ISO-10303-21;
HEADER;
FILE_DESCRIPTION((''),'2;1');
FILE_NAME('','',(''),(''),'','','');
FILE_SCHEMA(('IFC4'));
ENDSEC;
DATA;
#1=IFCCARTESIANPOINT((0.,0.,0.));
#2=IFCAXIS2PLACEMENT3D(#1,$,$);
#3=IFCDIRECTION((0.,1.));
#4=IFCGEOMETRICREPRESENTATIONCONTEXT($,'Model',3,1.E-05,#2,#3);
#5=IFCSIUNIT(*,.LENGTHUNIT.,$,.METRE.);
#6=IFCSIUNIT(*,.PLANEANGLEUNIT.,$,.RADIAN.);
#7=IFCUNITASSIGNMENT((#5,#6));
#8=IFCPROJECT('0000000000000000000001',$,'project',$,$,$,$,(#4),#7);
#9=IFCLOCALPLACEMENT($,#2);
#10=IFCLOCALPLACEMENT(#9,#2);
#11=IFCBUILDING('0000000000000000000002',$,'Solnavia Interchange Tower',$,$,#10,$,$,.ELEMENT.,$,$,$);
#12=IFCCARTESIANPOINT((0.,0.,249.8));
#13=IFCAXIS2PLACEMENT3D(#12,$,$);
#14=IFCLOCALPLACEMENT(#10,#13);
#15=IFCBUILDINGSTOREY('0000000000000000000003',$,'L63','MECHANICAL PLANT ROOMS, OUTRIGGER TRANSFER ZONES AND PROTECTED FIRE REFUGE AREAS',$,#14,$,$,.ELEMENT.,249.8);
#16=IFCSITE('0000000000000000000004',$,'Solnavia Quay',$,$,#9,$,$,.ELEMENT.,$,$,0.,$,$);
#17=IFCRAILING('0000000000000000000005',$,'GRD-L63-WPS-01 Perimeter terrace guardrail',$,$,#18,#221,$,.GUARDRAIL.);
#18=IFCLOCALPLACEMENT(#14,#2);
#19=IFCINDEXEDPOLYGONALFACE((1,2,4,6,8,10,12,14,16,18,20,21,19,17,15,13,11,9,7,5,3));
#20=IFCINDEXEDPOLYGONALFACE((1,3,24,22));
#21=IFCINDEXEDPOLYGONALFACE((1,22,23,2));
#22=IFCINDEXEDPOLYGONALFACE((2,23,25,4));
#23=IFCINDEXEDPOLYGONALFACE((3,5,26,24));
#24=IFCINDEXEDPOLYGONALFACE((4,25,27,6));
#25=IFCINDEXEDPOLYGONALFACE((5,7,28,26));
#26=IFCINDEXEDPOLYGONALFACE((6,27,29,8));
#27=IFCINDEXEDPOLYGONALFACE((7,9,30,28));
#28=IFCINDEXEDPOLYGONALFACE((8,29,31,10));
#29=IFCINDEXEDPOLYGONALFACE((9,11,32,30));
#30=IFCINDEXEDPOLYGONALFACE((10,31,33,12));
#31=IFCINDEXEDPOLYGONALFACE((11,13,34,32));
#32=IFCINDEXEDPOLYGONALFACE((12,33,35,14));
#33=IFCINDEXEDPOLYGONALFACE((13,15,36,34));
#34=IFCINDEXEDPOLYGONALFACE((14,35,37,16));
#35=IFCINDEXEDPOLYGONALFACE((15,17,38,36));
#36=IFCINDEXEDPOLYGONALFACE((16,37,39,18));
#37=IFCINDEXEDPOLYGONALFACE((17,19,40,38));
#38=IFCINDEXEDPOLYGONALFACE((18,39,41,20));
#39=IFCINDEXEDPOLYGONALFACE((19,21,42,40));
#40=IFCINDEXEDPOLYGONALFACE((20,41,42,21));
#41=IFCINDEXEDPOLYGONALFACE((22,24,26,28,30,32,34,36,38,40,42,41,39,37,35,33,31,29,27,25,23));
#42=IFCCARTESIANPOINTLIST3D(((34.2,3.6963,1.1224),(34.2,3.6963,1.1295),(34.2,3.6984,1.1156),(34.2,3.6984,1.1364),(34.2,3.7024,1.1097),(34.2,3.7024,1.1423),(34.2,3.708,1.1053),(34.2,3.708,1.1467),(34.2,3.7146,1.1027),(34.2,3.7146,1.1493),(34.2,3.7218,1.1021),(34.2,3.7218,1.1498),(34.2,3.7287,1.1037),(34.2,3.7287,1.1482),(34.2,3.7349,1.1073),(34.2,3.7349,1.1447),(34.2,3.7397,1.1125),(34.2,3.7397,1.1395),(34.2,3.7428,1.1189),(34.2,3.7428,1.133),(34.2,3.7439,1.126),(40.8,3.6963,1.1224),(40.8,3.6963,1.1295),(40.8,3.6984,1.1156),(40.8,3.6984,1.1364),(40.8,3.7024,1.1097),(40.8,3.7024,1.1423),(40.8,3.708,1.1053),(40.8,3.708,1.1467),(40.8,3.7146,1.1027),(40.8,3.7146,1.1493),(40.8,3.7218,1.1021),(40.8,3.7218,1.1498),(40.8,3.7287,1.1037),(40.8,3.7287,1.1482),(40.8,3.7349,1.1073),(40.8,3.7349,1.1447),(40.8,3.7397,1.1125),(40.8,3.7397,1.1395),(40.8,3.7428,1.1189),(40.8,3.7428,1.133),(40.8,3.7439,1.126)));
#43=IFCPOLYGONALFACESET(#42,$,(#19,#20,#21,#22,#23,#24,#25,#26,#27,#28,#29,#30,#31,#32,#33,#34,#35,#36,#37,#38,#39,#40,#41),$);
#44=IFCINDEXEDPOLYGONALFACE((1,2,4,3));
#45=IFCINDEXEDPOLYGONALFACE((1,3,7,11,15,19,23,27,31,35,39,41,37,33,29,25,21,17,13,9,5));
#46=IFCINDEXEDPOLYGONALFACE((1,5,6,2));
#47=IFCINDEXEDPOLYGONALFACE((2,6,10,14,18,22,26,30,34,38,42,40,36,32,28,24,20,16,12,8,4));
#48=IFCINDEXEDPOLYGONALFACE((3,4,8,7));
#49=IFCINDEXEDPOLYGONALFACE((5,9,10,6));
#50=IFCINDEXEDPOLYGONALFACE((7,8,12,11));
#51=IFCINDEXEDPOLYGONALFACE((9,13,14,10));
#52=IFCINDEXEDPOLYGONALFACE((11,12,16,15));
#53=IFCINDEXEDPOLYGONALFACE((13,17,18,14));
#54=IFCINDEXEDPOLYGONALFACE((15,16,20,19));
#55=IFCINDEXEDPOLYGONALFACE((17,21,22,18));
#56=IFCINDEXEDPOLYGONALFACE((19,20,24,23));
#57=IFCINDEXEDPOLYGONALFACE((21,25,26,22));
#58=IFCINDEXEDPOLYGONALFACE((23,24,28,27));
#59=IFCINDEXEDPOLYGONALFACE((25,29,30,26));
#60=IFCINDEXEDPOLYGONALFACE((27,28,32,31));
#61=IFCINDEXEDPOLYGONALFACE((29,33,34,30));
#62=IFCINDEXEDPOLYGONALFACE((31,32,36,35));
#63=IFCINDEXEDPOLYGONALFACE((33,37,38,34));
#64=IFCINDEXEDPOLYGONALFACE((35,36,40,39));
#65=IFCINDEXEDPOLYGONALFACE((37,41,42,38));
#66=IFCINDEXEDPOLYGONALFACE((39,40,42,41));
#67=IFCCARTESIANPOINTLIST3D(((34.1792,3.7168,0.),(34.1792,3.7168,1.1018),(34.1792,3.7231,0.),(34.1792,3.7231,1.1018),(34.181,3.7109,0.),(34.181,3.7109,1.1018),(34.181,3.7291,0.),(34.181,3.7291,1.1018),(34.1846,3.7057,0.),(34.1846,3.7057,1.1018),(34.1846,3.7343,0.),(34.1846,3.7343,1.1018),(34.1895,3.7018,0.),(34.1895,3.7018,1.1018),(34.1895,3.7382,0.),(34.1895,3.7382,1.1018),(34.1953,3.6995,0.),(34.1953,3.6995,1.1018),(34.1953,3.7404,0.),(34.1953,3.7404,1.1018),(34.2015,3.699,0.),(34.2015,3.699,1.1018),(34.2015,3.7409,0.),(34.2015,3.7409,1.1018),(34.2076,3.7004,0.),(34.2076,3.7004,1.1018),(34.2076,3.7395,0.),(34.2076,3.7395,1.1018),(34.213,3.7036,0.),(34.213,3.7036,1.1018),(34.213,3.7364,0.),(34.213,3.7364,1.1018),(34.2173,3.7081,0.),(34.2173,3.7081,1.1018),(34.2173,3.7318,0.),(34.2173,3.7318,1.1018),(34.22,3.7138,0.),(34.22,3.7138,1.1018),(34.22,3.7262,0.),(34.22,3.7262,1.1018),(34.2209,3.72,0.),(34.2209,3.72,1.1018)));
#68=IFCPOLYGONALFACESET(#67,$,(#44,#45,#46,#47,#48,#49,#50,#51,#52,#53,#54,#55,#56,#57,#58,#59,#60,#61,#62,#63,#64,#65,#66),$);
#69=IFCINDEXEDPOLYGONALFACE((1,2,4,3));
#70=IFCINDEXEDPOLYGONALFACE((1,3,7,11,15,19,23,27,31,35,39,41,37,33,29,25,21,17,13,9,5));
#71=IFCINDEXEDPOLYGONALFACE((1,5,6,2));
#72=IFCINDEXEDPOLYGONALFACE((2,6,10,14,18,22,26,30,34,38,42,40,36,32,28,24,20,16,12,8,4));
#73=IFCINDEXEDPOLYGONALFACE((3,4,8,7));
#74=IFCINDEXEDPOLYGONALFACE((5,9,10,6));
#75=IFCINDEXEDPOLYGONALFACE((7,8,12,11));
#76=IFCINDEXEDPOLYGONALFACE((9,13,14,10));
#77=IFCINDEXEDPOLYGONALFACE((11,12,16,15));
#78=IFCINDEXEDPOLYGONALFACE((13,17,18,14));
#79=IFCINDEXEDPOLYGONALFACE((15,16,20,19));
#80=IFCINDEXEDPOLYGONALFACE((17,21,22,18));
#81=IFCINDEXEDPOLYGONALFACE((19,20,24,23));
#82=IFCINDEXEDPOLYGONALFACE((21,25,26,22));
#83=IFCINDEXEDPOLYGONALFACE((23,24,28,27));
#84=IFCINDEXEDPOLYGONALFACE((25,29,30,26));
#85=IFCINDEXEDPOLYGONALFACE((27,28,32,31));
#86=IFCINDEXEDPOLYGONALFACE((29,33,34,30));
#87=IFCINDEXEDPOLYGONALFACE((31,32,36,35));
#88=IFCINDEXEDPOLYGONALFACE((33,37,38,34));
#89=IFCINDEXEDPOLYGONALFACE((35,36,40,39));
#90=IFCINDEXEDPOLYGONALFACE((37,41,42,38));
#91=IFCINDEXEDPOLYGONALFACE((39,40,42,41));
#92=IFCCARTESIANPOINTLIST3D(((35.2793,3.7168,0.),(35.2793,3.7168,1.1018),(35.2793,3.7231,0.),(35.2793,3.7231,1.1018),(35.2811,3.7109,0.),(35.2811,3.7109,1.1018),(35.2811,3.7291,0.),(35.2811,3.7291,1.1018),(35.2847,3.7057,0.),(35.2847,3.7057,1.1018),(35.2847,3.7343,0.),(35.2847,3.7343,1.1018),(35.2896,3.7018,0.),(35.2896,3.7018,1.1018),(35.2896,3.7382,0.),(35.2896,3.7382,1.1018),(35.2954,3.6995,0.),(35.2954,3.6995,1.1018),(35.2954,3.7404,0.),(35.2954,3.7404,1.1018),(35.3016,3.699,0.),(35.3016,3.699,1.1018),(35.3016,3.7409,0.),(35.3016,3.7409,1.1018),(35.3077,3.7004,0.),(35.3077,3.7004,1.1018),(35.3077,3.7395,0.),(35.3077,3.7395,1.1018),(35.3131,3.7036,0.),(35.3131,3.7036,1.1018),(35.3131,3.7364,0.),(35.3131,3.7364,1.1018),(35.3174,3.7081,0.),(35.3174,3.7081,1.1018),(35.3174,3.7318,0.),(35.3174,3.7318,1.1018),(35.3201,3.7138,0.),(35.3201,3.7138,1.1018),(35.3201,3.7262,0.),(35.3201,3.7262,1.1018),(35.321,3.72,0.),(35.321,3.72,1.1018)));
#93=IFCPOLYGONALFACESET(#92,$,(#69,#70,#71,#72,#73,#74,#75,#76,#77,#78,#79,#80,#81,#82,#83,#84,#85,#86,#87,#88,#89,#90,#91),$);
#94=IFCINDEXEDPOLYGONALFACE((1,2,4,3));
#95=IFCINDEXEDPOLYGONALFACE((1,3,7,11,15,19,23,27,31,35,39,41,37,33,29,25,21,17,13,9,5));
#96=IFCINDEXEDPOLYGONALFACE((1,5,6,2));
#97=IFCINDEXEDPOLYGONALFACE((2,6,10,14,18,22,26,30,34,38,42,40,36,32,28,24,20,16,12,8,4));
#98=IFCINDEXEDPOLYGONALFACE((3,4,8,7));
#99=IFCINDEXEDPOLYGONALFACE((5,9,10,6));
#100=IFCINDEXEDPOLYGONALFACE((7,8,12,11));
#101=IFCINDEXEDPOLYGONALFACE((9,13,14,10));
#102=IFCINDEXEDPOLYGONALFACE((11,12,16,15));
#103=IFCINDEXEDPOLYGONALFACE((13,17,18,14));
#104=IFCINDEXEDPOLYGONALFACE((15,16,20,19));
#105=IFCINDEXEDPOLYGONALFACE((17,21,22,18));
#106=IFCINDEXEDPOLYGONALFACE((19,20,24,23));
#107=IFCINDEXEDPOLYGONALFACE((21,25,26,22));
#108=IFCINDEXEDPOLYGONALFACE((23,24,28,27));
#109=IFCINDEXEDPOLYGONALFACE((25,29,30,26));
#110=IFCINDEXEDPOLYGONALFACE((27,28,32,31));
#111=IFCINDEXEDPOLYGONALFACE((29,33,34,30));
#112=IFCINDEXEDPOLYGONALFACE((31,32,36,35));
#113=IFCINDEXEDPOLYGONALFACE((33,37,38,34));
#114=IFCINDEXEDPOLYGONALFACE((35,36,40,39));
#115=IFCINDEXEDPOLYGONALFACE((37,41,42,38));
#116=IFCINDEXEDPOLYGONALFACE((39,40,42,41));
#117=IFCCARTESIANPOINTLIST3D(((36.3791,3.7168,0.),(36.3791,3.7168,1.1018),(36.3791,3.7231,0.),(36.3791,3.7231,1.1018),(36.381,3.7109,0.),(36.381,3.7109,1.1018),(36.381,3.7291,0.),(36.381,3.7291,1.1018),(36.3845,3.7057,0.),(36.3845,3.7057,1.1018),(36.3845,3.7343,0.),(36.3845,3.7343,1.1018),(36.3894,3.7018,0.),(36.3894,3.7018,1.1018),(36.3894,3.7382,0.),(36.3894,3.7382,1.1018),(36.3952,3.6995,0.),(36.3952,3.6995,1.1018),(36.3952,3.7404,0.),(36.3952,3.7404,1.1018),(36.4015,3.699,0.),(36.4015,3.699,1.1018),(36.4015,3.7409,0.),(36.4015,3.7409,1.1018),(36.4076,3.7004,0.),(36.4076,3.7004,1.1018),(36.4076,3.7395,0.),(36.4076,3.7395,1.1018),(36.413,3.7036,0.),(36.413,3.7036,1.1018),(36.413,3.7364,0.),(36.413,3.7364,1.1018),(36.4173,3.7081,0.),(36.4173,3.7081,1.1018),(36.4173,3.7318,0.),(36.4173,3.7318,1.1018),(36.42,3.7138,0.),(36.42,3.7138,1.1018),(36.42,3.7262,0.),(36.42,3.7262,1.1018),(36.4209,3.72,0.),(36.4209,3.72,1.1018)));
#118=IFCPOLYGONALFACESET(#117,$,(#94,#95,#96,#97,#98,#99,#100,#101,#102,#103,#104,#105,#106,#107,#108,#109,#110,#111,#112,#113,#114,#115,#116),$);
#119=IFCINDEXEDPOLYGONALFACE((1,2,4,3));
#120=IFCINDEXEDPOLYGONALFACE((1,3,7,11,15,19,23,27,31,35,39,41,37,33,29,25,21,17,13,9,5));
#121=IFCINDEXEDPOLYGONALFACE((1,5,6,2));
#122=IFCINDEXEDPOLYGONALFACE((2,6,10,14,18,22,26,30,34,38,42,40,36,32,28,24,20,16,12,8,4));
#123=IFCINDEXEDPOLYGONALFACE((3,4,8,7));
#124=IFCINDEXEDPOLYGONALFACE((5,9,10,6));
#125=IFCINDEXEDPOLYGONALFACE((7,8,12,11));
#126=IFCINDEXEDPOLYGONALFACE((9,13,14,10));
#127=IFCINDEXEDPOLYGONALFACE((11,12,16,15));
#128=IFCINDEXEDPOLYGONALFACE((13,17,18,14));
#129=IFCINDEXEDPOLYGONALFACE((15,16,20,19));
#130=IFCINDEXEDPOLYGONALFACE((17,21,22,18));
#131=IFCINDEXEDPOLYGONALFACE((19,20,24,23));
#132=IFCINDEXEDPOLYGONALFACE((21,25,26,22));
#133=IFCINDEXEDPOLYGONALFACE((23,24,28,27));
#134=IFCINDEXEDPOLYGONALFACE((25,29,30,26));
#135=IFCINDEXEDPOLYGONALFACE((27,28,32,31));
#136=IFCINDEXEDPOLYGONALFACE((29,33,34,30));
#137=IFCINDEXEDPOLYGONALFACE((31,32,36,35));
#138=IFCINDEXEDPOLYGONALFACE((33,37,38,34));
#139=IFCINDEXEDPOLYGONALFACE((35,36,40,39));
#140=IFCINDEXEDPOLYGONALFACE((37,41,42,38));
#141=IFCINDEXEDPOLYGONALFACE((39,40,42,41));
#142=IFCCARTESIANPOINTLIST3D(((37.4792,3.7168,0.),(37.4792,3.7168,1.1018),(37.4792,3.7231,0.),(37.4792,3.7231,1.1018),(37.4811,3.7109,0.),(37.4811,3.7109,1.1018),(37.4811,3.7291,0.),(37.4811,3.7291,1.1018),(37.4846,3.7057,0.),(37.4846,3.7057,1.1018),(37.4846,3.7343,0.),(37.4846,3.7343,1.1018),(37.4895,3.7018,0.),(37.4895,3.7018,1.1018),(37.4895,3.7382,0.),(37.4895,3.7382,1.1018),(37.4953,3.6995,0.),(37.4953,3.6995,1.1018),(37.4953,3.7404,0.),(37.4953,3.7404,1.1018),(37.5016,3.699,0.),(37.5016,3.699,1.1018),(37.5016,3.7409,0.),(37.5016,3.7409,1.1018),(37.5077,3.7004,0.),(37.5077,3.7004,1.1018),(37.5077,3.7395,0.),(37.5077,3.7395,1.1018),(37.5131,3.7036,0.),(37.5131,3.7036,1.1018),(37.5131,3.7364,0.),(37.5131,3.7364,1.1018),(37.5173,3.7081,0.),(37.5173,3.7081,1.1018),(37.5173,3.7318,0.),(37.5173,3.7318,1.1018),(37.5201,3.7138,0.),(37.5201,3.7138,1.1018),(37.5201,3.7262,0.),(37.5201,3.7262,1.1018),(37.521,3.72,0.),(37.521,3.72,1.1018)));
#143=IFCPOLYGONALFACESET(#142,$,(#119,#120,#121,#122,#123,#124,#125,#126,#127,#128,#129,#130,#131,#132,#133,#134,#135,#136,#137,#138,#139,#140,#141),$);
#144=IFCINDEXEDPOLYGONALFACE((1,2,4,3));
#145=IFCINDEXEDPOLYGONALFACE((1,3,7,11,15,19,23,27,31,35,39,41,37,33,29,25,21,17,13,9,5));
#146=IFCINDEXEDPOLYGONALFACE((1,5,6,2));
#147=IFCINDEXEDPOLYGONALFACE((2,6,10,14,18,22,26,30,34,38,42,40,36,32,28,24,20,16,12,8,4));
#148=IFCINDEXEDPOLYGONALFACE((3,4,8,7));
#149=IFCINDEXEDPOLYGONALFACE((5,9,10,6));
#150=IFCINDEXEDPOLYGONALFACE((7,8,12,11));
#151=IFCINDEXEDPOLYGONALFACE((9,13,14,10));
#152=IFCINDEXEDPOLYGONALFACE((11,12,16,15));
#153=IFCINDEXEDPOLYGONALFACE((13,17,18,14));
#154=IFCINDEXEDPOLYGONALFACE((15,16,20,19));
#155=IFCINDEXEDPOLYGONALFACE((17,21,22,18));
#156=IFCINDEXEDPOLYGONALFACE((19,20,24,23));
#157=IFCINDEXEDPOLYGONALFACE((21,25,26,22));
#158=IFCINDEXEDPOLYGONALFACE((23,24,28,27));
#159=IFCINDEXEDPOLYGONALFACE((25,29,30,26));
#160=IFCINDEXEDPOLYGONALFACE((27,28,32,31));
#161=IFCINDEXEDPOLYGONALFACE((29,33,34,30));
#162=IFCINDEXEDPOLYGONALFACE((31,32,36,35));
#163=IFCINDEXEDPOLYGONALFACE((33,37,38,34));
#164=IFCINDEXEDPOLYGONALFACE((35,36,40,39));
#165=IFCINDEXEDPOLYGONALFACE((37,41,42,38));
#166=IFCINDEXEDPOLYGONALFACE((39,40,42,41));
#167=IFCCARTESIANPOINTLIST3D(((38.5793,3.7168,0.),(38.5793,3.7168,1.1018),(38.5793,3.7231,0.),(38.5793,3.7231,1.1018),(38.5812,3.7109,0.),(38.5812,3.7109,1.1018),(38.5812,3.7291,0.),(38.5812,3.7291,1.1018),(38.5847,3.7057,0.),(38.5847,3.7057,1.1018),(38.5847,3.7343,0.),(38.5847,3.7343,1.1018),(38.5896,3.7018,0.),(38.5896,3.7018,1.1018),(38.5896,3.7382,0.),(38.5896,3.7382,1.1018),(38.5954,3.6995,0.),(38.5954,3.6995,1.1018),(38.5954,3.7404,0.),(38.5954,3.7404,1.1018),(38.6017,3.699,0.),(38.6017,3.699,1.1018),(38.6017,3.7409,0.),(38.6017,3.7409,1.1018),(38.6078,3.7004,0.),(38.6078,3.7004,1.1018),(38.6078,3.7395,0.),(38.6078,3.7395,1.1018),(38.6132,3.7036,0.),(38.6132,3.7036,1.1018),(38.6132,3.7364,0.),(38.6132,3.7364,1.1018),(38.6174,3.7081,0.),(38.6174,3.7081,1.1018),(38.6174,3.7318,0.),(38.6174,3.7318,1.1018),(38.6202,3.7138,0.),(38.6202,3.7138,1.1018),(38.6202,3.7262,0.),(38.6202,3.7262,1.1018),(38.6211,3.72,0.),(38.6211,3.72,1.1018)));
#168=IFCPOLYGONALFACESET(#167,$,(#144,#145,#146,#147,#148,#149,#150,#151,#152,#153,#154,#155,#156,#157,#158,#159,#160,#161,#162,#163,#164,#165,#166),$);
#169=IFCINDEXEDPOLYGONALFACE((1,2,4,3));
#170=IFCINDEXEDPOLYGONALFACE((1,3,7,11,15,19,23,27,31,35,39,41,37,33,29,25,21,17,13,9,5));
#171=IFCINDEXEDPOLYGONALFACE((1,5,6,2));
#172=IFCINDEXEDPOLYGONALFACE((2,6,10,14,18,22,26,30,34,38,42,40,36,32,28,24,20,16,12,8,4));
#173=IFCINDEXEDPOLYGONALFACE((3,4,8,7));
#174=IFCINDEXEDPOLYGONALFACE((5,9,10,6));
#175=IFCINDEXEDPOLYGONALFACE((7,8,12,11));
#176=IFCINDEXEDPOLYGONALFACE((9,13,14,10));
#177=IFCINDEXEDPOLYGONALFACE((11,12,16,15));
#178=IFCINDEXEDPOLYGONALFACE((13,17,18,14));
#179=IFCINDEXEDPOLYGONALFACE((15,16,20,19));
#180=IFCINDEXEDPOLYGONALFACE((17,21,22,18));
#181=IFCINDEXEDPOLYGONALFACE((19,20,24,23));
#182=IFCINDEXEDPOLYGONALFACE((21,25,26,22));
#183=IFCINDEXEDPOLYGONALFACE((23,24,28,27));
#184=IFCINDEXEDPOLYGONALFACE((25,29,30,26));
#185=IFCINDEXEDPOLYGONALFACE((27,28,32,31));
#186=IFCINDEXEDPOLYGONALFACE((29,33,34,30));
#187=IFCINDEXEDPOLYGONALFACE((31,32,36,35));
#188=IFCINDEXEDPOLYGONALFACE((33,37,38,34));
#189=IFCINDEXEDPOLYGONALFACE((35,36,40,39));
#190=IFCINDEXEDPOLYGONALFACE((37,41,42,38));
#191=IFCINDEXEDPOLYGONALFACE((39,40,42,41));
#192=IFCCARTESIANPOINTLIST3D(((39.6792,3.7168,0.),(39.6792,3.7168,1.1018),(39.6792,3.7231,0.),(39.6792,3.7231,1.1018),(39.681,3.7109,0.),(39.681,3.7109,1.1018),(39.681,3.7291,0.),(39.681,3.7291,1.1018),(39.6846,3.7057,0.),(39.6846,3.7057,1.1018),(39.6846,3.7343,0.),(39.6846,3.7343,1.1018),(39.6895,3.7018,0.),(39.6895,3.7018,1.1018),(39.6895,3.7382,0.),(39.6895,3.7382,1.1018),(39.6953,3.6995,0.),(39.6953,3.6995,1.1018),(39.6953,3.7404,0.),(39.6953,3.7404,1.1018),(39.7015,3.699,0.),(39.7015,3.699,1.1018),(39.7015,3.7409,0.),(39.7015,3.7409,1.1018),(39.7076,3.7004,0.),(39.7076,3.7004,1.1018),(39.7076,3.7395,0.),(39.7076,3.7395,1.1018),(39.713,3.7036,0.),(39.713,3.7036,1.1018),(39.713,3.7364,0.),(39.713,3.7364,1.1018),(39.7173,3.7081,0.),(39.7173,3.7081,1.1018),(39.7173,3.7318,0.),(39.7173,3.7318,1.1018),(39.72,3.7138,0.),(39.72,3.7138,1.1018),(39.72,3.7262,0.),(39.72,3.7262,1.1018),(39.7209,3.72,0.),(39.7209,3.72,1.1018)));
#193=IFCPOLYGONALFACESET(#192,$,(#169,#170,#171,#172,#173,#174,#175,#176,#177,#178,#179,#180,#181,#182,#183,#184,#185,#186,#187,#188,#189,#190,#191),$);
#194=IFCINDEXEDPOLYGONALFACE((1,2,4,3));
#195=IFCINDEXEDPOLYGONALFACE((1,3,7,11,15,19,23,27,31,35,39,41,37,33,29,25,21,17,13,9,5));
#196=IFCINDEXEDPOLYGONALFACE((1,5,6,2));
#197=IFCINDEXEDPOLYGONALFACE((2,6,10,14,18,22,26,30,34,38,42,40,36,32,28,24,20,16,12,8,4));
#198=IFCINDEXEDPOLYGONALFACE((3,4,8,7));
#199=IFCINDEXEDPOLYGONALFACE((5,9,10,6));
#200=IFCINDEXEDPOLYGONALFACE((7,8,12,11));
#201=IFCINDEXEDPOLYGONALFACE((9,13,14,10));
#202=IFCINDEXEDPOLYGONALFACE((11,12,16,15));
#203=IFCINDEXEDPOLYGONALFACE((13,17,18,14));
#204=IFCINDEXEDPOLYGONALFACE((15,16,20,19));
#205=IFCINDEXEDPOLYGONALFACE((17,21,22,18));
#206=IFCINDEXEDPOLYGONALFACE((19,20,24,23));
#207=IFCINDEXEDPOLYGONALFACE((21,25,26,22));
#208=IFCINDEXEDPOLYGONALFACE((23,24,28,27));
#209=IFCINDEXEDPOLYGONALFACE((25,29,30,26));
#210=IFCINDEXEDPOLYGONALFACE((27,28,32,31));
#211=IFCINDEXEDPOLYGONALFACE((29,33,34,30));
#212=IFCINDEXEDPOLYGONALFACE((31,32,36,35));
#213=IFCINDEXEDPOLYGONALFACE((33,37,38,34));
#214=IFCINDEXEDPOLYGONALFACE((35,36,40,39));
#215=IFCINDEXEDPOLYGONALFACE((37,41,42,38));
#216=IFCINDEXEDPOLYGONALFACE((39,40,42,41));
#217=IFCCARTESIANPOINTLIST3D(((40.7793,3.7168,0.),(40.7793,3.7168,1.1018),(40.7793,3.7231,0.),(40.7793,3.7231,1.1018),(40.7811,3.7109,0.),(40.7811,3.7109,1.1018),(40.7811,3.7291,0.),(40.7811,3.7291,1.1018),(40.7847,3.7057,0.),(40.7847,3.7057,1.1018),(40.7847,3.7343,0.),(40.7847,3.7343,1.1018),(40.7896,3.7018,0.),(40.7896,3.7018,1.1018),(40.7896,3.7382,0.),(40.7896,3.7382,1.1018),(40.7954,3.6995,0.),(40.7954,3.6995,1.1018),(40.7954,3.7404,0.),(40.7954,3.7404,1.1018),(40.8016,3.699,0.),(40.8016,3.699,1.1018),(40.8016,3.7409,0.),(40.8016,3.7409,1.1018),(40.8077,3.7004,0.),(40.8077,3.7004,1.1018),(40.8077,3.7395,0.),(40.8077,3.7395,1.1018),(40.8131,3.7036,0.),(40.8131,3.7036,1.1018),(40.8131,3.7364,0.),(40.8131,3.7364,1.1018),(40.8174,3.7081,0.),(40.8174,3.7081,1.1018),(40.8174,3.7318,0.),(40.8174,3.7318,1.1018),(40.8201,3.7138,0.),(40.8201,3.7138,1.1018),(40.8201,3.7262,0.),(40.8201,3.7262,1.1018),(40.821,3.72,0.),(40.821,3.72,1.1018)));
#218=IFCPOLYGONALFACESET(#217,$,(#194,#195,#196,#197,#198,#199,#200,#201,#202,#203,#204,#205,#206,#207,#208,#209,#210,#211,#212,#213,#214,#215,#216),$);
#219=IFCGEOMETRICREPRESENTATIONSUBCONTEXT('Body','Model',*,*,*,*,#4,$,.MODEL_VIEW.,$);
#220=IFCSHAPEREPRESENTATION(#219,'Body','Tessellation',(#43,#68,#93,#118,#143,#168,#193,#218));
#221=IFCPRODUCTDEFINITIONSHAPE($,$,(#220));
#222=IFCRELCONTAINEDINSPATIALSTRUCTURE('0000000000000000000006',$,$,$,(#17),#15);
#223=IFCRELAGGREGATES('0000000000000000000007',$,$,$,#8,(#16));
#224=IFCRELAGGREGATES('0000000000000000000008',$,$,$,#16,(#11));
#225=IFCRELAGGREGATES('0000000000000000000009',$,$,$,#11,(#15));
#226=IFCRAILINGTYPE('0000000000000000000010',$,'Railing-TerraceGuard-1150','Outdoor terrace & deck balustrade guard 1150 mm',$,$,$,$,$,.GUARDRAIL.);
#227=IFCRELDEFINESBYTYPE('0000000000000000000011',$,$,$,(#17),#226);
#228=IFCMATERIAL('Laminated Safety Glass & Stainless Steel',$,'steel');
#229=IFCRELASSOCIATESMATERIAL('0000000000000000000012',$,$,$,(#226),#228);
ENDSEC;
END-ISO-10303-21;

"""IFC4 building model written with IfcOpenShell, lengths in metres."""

from ifc_helpers import new_model, si_unit, direction, frame, origin, origin_2d, place, context, subcontext, project, spatial, circle, extrude, material, type_object, element, save


model = new_model("IFC4")

# Units and contexts
model_context = context("Model", 3, precision=1e-05, world=origin(), true_north=direction((0.0, 1.0)))
body_context = subcontext(model_context, "Body", "Model", "MODEL_VIEW")
ifc_project = project(units=[si_unit("LENGTHUNIT", "METRE"), si_unit("PLANEANGLEUNIT", "RADIAN")], contexts=[model_context])

# Site, building, storey
site_placement = place(None, origin())
site = spatial("IfcSite", under=ifc_project, at=site_placement, Name="Solnavia Quay", CompositionType="ELEMENT", RefElevation=0.0)
building_placement = place(site_placement, origin())
building = spatial("IfcBuilding", under=site, at=building_placement, Name="Solnavia Interchange Tower", CompositionType="ELEMENT")
storey_placement = place(building_placement, frame((0.0, 0.0, 249.8)))
storey = spatial("IfcBuildingStorey", under=building, at=storey_placement, Name="L63", Description="MECHANICAL PLANT ROOMS, OUTRIGGER TRANSFER ZONES AND PROTECTED FIRE REFUGE AREAS", CompositionType="ELEMENT", Elevation=249.8)

# Railing
ifc_material_1 = material(Name="Laminated Safety Glass & Stainless Steel", Category="steel")
railing_type = type_object("IfcRailingType", Name="Railing-TerraceGuard-1150", Description="Outdoor terrace & deck balustrade guard 1150 mm", PredefinedType="GUARDRAIL", material=ifc_material_1)
railing_1_placement = place(storey_placement, frame((34.2, 3.72, 0.0)))
element("IfcRailing", 1, at=railing_1_placement, inside=storey, type_object=railing_type, Name="GRD-L63-WPS-01 Perimeter terrace guardrail", PredefinedType="GUARDRAIL", context=body_context, shape_type="SweptSolid", body=[
    extrude(circle(Radius=0.0239, at=origin_2d()), frame((0.0, 0.0, 1.126), z_axis=(1.0, 0.0, 0.0), x_axis=(0.0, 1.0, 0.0)), (0.0, 0.0, 1.0), 6.6001),
    extrude(circle(Radius=0.021, at=origin_2d()), origin(), (0.0, 0.0, 1.0), 1.1018),
    extrude(circle(Radius=0.021, at=origin_2d()), frame((1.1001, 0.0, 0.0)), (0.0, 0.0, 1.0), 1.1018),
    extrude(circle(Radius=0.021, at=origin_2d()), frame((2.2, 0.0, 0.0)), (0.0, 0.0, 1.0), 1.1018),
    extrude(circle(Radius=0.021, at=origin_2d()), frame((3.3, 0.0, 0.0)), (0.0, 0.0, 1.0), 1.1018),
    extrude(circle(Radius=0.021, at=origin_2d()), frame((4.4001, 0.0, 0.0)), (0.0, 0.0, 1.0), 1.1018),
    extrude(circle(Radius=0.021, at=origin_2d()), frame((5.5, 0.0, 0.0)), (0.0, 0.0, 1.0), 1.1018),
    extrude(circle(Radius=0.021, at=origin_2d()), frame((6.6001, 0.0, 0.0)), (0.0, 0.0, 1.0), 1.1018),
])

save(model, "model.ifc")
